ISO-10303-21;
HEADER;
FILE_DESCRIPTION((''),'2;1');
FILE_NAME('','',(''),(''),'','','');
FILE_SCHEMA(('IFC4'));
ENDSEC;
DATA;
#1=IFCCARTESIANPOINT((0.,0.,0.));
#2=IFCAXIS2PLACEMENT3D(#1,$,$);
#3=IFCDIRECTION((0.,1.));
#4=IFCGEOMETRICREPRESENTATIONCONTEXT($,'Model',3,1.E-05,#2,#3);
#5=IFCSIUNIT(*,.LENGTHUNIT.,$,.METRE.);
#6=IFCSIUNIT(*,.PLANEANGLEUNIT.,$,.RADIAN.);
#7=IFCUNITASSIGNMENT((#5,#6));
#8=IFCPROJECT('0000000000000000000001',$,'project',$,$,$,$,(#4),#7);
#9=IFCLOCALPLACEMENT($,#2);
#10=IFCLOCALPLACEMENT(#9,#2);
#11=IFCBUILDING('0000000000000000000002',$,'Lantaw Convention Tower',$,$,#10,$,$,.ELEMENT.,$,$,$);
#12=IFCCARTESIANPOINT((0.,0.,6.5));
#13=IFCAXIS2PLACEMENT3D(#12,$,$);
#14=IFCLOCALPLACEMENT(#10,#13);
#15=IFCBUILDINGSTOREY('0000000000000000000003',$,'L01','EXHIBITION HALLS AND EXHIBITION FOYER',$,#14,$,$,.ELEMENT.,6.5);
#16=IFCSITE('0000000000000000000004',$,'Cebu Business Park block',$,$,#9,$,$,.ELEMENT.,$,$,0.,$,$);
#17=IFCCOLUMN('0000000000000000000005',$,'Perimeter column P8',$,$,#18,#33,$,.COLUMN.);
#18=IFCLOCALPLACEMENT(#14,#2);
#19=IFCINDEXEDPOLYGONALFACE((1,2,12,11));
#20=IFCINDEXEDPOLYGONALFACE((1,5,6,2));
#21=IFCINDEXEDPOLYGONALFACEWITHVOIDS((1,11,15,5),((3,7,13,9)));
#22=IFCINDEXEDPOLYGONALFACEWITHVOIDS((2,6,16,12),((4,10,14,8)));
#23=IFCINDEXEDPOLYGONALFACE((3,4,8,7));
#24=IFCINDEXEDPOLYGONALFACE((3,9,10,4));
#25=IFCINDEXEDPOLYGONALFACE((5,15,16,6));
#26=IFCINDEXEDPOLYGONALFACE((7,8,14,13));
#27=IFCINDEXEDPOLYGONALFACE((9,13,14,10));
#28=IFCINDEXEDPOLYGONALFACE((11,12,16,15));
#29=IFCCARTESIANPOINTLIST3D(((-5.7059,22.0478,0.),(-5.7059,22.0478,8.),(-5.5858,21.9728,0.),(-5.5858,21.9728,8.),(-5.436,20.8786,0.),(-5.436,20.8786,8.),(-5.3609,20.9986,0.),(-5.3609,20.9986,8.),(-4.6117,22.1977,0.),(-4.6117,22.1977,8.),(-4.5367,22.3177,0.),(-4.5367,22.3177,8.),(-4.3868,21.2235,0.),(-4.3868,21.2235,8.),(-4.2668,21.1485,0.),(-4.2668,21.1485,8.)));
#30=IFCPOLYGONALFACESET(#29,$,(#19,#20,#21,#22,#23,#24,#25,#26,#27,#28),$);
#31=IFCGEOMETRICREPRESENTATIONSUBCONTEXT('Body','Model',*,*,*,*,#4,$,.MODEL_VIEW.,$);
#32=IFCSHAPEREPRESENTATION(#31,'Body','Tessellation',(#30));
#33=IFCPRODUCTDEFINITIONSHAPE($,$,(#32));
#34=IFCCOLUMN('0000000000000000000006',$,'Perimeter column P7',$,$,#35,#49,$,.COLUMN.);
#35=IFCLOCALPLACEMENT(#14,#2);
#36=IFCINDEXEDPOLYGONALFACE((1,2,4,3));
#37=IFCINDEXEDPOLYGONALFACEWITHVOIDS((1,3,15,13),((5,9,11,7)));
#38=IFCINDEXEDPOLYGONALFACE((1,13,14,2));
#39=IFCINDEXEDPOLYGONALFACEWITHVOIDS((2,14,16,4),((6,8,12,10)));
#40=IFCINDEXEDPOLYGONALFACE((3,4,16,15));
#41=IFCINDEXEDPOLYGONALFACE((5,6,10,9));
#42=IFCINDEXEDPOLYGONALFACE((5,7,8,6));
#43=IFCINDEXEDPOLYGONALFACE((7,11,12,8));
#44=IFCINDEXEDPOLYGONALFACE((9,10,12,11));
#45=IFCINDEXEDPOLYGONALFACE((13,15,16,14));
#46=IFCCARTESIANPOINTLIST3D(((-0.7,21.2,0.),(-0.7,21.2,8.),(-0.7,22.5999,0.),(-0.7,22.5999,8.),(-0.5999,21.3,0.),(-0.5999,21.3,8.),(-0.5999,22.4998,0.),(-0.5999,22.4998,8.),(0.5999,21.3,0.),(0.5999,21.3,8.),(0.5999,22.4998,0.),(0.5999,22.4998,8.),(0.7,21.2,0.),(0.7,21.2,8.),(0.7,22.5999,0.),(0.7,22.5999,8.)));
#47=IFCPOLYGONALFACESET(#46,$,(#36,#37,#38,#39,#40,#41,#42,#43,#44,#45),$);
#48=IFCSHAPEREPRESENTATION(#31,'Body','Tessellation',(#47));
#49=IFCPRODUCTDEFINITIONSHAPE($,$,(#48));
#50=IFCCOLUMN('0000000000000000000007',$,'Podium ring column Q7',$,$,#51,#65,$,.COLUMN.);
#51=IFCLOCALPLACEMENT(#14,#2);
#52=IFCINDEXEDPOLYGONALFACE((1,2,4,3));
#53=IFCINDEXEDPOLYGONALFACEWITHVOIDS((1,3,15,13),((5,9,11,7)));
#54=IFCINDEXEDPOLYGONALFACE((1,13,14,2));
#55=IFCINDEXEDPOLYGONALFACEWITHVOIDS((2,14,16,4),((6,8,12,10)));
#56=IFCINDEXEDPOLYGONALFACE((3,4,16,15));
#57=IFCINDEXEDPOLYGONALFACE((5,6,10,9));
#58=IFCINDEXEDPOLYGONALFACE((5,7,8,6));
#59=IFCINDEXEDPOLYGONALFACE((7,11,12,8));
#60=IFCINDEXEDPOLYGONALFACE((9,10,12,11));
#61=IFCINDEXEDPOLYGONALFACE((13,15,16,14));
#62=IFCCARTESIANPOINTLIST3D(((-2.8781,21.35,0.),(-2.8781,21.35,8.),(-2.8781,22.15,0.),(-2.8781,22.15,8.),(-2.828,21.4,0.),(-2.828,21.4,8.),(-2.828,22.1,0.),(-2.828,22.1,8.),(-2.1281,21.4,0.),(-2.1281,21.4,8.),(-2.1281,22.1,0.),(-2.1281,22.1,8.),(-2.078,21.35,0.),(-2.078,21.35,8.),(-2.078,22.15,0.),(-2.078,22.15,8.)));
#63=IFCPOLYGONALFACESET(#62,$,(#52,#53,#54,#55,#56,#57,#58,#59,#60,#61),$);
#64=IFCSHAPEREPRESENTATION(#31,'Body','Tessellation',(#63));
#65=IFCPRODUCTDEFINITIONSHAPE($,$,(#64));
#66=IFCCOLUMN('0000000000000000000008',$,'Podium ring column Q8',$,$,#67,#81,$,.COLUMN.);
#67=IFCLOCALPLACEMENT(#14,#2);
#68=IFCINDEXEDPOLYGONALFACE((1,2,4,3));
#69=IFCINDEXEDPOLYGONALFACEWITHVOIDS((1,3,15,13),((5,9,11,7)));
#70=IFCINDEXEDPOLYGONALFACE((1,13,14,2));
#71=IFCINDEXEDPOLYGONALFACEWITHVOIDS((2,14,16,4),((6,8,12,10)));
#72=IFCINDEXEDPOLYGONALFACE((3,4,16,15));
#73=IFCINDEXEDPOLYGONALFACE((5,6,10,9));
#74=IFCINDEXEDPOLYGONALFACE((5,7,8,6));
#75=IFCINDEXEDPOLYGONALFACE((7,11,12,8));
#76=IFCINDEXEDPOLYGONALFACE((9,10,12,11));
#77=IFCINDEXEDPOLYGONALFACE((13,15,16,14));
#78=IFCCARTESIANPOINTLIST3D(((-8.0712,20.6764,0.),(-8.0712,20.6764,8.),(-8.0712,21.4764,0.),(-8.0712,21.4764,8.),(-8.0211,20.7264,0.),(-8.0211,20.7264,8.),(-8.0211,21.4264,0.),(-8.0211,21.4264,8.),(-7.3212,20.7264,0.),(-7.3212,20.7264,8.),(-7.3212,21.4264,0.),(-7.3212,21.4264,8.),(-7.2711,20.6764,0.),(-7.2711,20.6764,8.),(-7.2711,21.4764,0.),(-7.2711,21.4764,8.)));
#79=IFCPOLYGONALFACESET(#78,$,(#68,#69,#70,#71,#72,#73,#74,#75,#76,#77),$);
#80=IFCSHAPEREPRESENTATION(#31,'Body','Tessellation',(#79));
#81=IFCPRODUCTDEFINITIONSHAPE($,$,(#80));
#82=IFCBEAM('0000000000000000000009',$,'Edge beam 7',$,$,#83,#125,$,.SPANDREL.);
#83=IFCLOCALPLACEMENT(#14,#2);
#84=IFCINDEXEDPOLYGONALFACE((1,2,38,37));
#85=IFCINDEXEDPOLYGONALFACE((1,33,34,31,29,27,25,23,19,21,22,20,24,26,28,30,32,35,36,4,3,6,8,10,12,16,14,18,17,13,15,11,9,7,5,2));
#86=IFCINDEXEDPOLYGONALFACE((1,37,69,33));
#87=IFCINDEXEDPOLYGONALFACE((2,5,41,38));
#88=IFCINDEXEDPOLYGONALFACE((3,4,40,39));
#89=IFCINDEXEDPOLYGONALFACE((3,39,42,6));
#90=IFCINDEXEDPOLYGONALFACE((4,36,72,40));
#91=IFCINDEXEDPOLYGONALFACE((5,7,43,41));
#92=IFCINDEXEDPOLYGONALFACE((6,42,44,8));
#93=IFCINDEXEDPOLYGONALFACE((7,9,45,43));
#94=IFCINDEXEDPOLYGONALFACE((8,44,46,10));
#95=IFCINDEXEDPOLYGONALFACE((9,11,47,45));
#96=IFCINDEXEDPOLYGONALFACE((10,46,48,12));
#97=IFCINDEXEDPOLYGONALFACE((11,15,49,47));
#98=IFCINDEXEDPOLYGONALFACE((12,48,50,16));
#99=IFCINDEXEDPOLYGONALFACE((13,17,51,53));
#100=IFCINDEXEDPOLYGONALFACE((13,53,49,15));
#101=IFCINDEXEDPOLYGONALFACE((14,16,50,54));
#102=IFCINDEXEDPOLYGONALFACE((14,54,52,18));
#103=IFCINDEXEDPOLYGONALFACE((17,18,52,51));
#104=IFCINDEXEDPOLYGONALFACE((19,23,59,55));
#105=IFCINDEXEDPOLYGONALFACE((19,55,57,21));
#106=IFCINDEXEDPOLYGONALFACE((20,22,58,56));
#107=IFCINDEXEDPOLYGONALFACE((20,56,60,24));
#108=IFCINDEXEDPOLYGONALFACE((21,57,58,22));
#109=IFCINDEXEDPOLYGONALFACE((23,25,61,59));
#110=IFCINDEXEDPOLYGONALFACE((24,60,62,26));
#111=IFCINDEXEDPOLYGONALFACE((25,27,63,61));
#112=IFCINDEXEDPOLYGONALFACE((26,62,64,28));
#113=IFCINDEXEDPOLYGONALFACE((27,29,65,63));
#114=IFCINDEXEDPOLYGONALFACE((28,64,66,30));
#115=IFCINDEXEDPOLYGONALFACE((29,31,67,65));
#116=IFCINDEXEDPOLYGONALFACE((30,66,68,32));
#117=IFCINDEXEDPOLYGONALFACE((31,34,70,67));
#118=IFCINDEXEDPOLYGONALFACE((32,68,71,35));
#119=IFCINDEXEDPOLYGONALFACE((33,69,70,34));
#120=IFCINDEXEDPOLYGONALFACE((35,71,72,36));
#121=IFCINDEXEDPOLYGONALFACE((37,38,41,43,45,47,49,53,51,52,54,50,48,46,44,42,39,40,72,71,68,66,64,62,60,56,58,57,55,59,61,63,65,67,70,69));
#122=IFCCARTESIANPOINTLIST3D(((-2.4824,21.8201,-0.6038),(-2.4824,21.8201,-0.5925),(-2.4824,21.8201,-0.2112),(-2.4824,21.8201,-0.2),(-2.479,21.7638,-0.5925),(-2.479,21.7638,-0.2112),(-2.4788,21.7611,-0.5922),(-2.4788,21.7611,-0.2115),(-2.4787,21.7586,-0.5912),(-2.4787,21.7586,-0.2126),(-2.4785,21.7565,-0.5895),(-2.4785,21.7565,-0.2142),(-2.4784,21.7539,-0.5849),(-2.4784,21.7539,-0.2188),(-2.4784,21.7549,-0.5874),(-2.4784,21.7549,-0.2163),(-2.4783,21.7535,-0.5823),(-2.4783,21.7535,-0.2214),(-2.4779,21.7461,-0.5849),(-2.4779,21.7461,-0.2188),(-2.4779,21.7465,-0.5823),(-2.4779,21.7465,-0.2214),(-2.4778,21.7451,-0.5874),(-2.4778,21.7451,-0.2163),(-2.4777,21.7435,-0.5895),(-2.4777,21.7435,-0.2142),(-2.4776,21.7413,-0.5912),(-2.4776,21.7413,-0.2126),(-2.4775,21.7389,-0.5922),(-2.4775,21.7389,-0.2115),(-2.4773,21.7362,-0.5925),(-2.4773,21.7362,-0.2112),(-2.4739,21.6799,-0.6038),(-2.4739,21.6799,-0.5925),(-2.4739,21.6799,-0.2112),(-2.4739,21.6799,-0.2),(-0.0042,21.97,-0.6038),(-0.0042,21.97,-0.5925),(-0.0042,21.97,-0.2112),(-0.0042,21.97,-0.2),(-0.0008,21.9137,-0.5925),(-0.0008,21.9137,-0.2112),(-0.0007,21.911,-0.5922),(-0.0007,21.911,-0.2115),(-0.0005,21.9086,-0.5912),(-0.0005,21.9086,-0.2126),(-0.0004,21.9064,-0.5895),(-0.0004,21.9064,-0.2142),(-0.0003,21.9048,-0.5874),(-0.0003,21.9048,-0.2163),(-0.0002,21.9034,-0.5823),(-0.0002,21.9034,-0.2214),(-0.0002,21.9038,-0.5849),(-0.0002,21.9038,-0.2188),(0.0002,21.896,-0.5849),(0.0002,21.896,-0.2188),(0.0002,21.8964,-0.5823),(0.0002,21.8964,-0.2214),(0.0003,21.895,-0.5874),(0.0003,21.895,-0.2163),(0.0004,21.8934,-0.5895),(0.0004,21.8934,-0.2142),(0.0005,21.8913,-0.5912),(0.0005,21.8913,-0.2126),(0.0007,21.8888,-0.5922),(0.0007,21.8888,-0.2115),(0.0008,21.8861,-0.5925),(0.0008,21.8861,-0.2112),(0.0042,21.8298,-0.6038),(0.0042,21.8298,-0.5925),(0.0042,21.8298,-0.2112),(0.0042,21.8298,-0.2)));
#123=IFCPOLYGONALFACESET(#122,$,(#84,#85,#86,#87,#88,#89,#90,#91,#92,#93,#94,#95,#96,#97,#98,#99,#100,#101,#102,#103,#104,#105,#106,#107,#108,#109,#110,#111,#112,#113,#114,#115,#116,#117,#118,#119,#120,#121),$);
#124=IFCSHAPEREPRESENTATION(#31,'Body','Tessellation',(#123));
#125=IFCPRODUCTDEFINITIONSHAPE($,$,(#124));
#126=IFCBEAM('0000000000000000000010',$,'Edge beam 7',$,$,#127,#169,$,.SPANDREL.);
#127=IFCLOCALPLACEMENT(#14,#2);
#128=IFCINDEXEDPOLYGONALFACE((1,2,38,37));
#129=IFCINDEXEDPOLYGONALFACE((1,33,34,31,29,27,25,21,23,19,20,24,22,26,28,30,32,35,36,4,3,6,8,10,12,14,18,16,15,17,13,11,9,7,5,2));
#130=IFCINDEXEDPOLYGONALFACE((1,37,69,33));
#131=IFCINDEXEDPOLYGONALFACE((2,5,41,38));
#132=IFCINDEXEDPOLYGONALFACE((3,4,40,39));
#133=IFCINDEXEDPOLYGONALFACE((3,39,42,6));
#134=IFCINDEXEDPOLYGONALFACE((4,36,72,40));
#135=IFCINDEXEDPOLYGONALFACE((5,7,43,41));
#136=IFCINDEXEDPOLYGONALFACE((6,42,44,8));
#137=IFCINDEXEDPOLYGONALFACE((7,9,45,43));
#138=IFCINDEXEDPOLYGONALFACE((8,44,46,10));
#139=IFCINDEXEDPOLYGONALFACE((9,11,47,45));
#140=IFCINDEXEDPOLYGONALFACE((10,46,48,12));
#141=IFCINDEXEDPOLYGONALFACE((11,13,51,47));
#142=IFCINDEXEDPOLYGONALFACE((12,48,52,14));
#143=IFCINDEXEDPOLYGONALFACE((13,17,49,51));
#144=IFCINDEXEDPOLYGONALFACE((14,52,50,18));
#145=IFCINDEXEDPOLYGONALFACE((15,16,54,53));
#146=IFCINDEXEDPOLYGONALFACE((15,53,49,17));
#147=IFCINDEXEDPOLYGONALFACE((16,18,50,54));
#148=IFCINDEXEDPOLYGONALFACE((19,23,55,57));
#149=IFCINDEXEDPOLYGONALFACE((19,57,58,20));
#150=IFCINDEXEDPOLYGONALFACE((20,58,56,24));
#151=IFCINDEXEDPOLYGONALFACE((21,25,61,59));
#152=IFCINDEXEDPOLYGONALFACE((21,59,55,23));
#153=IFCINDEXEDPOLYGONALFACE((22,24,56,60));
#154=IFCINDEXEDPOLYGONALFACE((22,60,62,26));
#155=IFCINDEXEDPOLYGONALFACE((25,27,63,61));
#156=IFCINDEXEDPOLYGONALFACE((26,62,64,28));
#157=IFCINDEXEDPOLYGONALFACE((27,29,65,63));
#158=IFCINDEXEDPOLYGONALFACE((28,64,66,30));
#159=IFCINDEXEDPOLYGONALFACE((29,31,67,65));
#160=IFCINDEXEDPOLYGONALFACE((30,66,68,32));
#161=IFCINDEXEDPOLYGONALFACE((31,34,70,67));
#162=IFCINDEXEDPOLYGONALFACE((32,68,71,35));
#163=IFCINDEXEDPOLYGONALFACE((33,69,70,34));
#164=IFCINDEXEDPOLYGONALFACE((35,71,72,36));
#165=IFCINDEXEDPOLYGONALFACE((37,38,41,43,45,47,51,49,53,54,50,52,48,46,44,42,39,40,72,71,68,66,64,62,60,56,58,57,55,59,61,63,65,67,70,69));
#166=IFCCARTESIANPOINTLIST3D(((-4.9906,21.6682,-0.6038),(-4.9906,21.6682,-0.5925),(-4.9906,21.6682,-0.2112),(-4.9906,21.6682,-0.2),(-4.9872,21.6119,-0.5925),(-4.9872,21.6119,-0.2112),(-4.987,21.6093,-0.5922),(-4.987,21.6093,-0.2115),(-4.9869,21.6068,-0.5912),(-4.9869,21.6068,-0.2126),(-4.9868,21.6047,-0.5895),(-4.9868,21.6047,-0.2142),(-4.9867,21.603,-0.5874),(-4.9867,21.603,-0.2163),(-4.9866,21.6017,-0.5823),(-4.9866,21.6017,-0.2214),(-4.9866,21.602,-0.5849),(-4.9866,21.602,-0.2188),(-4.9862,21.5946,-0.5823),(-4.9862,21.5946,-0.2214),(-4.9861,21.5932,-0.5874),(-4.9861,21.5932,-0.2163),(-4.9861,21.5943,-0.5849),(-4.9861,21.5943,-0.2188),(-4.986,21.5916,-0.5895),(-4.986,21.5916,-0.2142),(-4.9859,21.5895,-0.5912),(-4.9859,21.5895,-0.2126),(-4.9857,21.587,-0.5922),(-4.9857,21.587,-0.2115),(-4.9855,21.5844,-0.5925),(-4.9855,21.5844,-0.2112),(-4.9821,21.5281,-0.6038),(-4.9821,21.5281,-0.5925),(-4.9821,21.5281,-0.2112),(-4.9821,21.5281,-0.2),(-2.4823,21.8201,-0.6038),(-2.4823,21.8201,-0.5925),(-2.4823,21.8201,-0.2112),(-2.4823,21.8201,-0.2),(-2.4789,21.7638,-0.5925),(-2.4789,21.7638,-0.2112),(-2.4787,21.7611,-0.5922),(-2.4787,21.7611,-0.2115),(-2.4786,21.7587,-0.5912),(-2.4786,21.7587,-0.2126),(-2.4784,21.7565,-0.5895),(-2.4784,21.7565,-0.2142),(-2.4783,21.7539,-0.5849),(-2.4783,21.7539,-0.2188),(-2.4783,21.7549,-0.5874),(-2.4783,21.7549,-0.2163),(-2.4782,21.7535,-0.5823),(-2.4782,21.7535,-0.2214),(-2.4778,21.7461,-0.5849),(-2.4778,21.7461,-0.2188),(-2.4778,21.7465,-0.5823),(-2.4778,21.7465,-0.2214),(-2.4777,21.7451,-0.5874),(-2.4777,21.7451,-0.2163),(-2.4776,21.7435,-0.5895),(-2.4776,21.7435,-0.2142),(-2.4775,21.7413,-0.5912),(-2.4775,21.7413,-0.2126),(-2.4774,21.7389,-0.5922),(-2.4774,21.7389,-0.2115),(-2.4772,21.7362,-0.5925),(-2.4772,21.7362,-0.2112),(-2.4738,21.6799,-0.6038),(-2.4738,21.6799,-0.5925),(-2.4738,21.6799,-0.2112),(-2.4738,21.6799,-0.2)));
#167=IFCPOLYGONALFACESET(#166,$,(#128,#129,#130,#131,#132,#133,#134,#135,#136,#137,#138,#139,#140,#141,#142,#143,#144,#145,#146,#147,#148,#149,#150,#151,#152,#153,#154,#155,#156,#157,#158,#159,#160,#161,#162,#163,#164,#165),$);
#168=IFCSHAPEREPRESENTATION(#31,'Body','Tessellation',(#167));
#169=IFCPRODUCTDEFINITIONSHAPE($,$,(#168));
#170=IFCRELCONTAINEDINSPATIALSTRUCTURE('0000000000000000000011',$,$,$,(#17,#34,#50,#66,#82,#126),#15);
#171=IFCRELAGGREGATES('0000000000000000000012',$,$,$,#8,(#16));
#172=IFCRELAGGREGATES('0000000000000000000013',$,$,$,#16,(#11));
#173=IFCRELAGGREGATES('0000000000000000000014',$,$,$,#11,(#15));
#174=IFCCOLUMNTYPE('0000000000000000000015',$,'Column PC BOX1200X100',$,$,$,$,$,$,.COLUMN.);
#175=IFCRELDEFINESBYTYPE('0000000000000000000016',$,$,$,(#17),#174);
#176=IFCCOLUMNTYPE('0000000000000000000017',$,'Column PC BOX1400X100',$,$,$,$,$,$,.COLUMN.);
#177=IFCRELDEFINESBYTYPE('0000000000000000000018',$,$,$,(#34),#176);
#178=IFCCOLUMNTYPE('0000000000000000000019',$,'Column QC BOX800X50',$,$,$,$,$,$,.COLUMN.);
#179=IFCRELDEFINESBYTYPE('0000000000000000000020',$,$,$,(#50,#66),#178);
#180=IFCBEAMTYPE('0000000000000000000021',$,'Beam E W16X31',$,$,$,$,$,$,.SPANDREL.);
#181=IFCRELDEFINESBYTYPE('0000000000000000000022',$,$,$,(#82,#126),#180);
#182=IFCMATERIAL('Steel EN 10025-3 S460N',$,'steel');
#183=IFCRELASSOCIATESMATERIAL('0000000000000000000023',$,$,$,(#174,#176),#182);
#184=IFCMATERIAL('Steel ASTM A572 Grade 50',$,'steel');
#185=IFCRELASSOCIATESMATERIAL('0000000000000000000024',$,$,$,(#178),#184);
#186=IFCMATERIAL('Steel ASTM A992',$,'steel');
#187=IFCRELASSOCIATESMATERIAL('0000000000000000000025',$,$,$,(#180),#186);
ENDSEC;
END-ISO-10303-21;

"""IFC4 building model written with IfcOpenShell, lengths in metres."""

from ifc_helpers import new_model, si_unit, direction, frame, origin, origin_2d, place, context, subcontext, project, spatial, rectangle, hollow_rectangle, i_section, extrude, material, material_profile, profile_set, type_object, element, save


model = new_model("IFC4")

# Units and contexts
model_context = context("Model", 3, precision=1e-05, world=origin(), true_north=direction((0.0, 1.0)))
body_context = subcontext(model_context, "Body", "Model", "MODEL_VIEW")
ifc_project = project(units=[si_unit("LENGTHUNIT", "METRE"), si_unit("PLANEANGLEUNIT", "RADIAN")], contexts=[model_context])

# Site, building, storey
site_placement = place(None, origin())
site = spatial("IfcSite", under=ifc_project, at=site_placement, Name="Cebu Business Park block", CompositionType="ELEMENT", RefElevation=0.0)
building_placement = place(site_placement, origin())
building = spatial("IfcBuilding", under=site, at=building_placement, Name="Lantaw Convention Tower", CompositionType="ELEMENT")
storey_placement = place(building_placement, frame((0.0, 0.0, 6.5)))
storey = spatial("IfcBuildingStorey", under=building, at=storey_placement, Name="L01", Description="EXHIBITION HALLS AND EXHIBITION FOYER", CompositionType="ELEMENT", Elevation=6.5)

# Columns
ifc_material_1 = material(Name="Steel EN 10025-3 S460N", Category="steel")
ifc_material_profile_1 = material_profile(ifc_material_1, hollow_rectangle(XDim=1.2, YDim=1.2, WallThickness=0.1001, at=origin_2d()), Name="BOX1200X100")
ifc_material_2 = material(Name="Concrete C60/75", Category="concrete")
ifc_material_profile_2 = material_profile(ifc_material_2, rectangle(XDim=1.0, YDim=1.0, at=origin_2d()), Name="Concrete fill of BOX1200X100")
ifc_profile_set_1 = profile_set([ifc_material_profile_1, ifc_material_profile_2], Name="Steel EN 10025-3 S460N")
column_type_1 = type_object("IfcColumnType", Name="Column PC BOX1200X100", PredefinedType="COLUMN", material=ifc_profile_set_1)
column_1_placement = place(storey_placement, frame((-4.9863, 21.5981, 0.0), z_axis=(0.0, 0.0, 1.0), x_axis=(0.97437, 0.224951, 0.0)))
element("IfcColumn", 1, at=column_1_placement, inside=storey, type_object=column_type_1, Name="Perimeter column P8", PredefinedType="COLUMN", context=body_context, shape_type="SweptSolid", body=[
    extrude(hollow_rectangle(XDim=1.2, YDim=1.2, WallThickness=0.1001, at=origin_2d()), origin(), (0.0, 0.0, 1.0), 8.0),
])
ifc_material_profile_3 = material_profile(ifc_material_1, hollow_rectangle(XDim=1.3999, YDim=1.3999, WallThickness=0.1001, at=origin_2d()), Name="BOX1400X100")
ifc_material_profile_4 = material_profile(ifc_material_2, rectangle(XDim=1.2, YDim=1.2, at=origin_2d()), Name="Concrete fill of BOX1400X100")
ifc_profile_set_2 = profile_set([ifc_material_profile_3, ifc_material_profile_4], Name="Steel EN 10025-3 S460N")
column_type_2 = type_object("IfcColumnType", Name="Column PC BOX1400X100", PredefinedType="COLUMN", material=ifc_profile_set_2)
column_2_placement = place(storey_placement, frame((0.0, 21.8999, 0.0), z_axis=(0.0, 0.0, 1.0), x_axis=(1.0, 0.0, 0.0)))
element("IfcColumn", 2, at=column_2_placement, inside=storey, type_object=column_type_2, Name="Perimeter column P7", PredefinedType="COLUMN", context=body_context, shape_type="SweptSolid", body=[
    extrude(hollow_rectangle(XDim=1.3999, YDim=1.3999, WallThickness=0.1001, at=origin_2d()), origin(), (0.0, 0.0, 1.0), 8.0),
])
ifc_material_3 = material(Name="Steel ASTM A572 Grade 50", Category="steel")
ifc_material_profile_5 = material_profile(ifc_material_3, hollow_rectangle(XDim=0.8, YDim=0.8, WallThickness=0.05, at=origin_2d()), Name="BOX800X50")
ifc_profile_set_3 = profile_set([ifc_material_profile_5], Name="Steel ASTM A572 Grade 50")
column_type_3 = type_object("IfcColumnType", Name="Column QC BOX800X50", PredefinedType="COLUMN", material=ifc_profile_set_3)
for number, where, z_axis, x_axis, name in (
    (3, (-2.478, 21.75, 0.0), (0.0, 0.0, 1.0), (1.0, 0.0, 0.0), "Podium ring column Q7"),
    (4, (-7.6711, 21.0764, 0.0), (0.0, 0.0, 1.0), (1.0, 0.0, 0.0), "Podium ring column Q8"),
):
    element("IfcColumn", number, at=place(storey_placement, frame(where, z_axis=z_axis, x_axis=x_axis)), inside=storey, type_object=column_type_3, Name=name, PredefinedType="COLUMN", context=body_context, shape_type="SweptSolid", body=[
        extrude(hollow_rectangle(XDim=0.8, YDim=0.8, WallThickness=0.05, at=origin_2d()), origin(), (0.0, 0.0, 1.0), 8.0),
    ])

# Beams
ifc_material_4 = material(Name="Steel ASTM A992", Category="steel")
ifc_material_profile_6 = material_profile(ifc_material_4, i_section(OverallWidth=0.1404, OverallDepth=0.4038, WebThickness=0.0071, FlangeThickness=0.0112, FilletRadius=0.0103, at=origin_2d()), Name="W16X31")
ifc_profile_set_4 = profile_set([ifc_material_profile_6], Name="Steel ASTM A992")
beam_type_1 = type_object("IfcBeamType", Name="Beam E W16X31", PredefinedType="SPANDREL", material=ifc_profile_set_4)
beam_1_placement = place(storey_placement, frame((0.0, 21.8999, -0.4019), z_axis=(-0.998175, -0.060382, 0.0), x_axis=(0.060382, -0.998175, 0.0)))
element("IfcBeam", 5, at=beam_1_placement, inside=storey, type_object=beam_type_1, Name="Edge beam 7", PredefinedType="SPANDREL", context=body_context, shape_type="SweptSolid", body=[
    extrude(i_section(OverallWidth=0.1404, OverallDepth=0.4038, WebThickness=0.0071, FlangeThickness=0.0112, FilletRadius=0.0103, at=origin_2d()), origin(), (0.0, 0.0, 1.0), 2.4827),
])
beam_2_placement = place(storey_placement, frame((-2.478, 21.75, -0.4019), z_axis=(-0.998172, -0.060431, 0.0), x_axis=(0.060431, -0.998172, 0.0)))
element("IfcBeam", 6, at=beam_2_placement, inside=storey, type_object=beam_type_1, Name="Edge beam 7", PredefinedType="SPANDREL", context=body_context, shape_type="SweptSolid", body=[
    extrude(i_section(OverallWidth=0.1404, OverallDepth=0.4038, WebThickness=0.0071, FlangeThickness=0.0112, FilletRadius=0.0103, at=origin_2d()), origin(), (0.0, 0.0, 1.0), 2.5129),
])

save(model, "model.ifc")
